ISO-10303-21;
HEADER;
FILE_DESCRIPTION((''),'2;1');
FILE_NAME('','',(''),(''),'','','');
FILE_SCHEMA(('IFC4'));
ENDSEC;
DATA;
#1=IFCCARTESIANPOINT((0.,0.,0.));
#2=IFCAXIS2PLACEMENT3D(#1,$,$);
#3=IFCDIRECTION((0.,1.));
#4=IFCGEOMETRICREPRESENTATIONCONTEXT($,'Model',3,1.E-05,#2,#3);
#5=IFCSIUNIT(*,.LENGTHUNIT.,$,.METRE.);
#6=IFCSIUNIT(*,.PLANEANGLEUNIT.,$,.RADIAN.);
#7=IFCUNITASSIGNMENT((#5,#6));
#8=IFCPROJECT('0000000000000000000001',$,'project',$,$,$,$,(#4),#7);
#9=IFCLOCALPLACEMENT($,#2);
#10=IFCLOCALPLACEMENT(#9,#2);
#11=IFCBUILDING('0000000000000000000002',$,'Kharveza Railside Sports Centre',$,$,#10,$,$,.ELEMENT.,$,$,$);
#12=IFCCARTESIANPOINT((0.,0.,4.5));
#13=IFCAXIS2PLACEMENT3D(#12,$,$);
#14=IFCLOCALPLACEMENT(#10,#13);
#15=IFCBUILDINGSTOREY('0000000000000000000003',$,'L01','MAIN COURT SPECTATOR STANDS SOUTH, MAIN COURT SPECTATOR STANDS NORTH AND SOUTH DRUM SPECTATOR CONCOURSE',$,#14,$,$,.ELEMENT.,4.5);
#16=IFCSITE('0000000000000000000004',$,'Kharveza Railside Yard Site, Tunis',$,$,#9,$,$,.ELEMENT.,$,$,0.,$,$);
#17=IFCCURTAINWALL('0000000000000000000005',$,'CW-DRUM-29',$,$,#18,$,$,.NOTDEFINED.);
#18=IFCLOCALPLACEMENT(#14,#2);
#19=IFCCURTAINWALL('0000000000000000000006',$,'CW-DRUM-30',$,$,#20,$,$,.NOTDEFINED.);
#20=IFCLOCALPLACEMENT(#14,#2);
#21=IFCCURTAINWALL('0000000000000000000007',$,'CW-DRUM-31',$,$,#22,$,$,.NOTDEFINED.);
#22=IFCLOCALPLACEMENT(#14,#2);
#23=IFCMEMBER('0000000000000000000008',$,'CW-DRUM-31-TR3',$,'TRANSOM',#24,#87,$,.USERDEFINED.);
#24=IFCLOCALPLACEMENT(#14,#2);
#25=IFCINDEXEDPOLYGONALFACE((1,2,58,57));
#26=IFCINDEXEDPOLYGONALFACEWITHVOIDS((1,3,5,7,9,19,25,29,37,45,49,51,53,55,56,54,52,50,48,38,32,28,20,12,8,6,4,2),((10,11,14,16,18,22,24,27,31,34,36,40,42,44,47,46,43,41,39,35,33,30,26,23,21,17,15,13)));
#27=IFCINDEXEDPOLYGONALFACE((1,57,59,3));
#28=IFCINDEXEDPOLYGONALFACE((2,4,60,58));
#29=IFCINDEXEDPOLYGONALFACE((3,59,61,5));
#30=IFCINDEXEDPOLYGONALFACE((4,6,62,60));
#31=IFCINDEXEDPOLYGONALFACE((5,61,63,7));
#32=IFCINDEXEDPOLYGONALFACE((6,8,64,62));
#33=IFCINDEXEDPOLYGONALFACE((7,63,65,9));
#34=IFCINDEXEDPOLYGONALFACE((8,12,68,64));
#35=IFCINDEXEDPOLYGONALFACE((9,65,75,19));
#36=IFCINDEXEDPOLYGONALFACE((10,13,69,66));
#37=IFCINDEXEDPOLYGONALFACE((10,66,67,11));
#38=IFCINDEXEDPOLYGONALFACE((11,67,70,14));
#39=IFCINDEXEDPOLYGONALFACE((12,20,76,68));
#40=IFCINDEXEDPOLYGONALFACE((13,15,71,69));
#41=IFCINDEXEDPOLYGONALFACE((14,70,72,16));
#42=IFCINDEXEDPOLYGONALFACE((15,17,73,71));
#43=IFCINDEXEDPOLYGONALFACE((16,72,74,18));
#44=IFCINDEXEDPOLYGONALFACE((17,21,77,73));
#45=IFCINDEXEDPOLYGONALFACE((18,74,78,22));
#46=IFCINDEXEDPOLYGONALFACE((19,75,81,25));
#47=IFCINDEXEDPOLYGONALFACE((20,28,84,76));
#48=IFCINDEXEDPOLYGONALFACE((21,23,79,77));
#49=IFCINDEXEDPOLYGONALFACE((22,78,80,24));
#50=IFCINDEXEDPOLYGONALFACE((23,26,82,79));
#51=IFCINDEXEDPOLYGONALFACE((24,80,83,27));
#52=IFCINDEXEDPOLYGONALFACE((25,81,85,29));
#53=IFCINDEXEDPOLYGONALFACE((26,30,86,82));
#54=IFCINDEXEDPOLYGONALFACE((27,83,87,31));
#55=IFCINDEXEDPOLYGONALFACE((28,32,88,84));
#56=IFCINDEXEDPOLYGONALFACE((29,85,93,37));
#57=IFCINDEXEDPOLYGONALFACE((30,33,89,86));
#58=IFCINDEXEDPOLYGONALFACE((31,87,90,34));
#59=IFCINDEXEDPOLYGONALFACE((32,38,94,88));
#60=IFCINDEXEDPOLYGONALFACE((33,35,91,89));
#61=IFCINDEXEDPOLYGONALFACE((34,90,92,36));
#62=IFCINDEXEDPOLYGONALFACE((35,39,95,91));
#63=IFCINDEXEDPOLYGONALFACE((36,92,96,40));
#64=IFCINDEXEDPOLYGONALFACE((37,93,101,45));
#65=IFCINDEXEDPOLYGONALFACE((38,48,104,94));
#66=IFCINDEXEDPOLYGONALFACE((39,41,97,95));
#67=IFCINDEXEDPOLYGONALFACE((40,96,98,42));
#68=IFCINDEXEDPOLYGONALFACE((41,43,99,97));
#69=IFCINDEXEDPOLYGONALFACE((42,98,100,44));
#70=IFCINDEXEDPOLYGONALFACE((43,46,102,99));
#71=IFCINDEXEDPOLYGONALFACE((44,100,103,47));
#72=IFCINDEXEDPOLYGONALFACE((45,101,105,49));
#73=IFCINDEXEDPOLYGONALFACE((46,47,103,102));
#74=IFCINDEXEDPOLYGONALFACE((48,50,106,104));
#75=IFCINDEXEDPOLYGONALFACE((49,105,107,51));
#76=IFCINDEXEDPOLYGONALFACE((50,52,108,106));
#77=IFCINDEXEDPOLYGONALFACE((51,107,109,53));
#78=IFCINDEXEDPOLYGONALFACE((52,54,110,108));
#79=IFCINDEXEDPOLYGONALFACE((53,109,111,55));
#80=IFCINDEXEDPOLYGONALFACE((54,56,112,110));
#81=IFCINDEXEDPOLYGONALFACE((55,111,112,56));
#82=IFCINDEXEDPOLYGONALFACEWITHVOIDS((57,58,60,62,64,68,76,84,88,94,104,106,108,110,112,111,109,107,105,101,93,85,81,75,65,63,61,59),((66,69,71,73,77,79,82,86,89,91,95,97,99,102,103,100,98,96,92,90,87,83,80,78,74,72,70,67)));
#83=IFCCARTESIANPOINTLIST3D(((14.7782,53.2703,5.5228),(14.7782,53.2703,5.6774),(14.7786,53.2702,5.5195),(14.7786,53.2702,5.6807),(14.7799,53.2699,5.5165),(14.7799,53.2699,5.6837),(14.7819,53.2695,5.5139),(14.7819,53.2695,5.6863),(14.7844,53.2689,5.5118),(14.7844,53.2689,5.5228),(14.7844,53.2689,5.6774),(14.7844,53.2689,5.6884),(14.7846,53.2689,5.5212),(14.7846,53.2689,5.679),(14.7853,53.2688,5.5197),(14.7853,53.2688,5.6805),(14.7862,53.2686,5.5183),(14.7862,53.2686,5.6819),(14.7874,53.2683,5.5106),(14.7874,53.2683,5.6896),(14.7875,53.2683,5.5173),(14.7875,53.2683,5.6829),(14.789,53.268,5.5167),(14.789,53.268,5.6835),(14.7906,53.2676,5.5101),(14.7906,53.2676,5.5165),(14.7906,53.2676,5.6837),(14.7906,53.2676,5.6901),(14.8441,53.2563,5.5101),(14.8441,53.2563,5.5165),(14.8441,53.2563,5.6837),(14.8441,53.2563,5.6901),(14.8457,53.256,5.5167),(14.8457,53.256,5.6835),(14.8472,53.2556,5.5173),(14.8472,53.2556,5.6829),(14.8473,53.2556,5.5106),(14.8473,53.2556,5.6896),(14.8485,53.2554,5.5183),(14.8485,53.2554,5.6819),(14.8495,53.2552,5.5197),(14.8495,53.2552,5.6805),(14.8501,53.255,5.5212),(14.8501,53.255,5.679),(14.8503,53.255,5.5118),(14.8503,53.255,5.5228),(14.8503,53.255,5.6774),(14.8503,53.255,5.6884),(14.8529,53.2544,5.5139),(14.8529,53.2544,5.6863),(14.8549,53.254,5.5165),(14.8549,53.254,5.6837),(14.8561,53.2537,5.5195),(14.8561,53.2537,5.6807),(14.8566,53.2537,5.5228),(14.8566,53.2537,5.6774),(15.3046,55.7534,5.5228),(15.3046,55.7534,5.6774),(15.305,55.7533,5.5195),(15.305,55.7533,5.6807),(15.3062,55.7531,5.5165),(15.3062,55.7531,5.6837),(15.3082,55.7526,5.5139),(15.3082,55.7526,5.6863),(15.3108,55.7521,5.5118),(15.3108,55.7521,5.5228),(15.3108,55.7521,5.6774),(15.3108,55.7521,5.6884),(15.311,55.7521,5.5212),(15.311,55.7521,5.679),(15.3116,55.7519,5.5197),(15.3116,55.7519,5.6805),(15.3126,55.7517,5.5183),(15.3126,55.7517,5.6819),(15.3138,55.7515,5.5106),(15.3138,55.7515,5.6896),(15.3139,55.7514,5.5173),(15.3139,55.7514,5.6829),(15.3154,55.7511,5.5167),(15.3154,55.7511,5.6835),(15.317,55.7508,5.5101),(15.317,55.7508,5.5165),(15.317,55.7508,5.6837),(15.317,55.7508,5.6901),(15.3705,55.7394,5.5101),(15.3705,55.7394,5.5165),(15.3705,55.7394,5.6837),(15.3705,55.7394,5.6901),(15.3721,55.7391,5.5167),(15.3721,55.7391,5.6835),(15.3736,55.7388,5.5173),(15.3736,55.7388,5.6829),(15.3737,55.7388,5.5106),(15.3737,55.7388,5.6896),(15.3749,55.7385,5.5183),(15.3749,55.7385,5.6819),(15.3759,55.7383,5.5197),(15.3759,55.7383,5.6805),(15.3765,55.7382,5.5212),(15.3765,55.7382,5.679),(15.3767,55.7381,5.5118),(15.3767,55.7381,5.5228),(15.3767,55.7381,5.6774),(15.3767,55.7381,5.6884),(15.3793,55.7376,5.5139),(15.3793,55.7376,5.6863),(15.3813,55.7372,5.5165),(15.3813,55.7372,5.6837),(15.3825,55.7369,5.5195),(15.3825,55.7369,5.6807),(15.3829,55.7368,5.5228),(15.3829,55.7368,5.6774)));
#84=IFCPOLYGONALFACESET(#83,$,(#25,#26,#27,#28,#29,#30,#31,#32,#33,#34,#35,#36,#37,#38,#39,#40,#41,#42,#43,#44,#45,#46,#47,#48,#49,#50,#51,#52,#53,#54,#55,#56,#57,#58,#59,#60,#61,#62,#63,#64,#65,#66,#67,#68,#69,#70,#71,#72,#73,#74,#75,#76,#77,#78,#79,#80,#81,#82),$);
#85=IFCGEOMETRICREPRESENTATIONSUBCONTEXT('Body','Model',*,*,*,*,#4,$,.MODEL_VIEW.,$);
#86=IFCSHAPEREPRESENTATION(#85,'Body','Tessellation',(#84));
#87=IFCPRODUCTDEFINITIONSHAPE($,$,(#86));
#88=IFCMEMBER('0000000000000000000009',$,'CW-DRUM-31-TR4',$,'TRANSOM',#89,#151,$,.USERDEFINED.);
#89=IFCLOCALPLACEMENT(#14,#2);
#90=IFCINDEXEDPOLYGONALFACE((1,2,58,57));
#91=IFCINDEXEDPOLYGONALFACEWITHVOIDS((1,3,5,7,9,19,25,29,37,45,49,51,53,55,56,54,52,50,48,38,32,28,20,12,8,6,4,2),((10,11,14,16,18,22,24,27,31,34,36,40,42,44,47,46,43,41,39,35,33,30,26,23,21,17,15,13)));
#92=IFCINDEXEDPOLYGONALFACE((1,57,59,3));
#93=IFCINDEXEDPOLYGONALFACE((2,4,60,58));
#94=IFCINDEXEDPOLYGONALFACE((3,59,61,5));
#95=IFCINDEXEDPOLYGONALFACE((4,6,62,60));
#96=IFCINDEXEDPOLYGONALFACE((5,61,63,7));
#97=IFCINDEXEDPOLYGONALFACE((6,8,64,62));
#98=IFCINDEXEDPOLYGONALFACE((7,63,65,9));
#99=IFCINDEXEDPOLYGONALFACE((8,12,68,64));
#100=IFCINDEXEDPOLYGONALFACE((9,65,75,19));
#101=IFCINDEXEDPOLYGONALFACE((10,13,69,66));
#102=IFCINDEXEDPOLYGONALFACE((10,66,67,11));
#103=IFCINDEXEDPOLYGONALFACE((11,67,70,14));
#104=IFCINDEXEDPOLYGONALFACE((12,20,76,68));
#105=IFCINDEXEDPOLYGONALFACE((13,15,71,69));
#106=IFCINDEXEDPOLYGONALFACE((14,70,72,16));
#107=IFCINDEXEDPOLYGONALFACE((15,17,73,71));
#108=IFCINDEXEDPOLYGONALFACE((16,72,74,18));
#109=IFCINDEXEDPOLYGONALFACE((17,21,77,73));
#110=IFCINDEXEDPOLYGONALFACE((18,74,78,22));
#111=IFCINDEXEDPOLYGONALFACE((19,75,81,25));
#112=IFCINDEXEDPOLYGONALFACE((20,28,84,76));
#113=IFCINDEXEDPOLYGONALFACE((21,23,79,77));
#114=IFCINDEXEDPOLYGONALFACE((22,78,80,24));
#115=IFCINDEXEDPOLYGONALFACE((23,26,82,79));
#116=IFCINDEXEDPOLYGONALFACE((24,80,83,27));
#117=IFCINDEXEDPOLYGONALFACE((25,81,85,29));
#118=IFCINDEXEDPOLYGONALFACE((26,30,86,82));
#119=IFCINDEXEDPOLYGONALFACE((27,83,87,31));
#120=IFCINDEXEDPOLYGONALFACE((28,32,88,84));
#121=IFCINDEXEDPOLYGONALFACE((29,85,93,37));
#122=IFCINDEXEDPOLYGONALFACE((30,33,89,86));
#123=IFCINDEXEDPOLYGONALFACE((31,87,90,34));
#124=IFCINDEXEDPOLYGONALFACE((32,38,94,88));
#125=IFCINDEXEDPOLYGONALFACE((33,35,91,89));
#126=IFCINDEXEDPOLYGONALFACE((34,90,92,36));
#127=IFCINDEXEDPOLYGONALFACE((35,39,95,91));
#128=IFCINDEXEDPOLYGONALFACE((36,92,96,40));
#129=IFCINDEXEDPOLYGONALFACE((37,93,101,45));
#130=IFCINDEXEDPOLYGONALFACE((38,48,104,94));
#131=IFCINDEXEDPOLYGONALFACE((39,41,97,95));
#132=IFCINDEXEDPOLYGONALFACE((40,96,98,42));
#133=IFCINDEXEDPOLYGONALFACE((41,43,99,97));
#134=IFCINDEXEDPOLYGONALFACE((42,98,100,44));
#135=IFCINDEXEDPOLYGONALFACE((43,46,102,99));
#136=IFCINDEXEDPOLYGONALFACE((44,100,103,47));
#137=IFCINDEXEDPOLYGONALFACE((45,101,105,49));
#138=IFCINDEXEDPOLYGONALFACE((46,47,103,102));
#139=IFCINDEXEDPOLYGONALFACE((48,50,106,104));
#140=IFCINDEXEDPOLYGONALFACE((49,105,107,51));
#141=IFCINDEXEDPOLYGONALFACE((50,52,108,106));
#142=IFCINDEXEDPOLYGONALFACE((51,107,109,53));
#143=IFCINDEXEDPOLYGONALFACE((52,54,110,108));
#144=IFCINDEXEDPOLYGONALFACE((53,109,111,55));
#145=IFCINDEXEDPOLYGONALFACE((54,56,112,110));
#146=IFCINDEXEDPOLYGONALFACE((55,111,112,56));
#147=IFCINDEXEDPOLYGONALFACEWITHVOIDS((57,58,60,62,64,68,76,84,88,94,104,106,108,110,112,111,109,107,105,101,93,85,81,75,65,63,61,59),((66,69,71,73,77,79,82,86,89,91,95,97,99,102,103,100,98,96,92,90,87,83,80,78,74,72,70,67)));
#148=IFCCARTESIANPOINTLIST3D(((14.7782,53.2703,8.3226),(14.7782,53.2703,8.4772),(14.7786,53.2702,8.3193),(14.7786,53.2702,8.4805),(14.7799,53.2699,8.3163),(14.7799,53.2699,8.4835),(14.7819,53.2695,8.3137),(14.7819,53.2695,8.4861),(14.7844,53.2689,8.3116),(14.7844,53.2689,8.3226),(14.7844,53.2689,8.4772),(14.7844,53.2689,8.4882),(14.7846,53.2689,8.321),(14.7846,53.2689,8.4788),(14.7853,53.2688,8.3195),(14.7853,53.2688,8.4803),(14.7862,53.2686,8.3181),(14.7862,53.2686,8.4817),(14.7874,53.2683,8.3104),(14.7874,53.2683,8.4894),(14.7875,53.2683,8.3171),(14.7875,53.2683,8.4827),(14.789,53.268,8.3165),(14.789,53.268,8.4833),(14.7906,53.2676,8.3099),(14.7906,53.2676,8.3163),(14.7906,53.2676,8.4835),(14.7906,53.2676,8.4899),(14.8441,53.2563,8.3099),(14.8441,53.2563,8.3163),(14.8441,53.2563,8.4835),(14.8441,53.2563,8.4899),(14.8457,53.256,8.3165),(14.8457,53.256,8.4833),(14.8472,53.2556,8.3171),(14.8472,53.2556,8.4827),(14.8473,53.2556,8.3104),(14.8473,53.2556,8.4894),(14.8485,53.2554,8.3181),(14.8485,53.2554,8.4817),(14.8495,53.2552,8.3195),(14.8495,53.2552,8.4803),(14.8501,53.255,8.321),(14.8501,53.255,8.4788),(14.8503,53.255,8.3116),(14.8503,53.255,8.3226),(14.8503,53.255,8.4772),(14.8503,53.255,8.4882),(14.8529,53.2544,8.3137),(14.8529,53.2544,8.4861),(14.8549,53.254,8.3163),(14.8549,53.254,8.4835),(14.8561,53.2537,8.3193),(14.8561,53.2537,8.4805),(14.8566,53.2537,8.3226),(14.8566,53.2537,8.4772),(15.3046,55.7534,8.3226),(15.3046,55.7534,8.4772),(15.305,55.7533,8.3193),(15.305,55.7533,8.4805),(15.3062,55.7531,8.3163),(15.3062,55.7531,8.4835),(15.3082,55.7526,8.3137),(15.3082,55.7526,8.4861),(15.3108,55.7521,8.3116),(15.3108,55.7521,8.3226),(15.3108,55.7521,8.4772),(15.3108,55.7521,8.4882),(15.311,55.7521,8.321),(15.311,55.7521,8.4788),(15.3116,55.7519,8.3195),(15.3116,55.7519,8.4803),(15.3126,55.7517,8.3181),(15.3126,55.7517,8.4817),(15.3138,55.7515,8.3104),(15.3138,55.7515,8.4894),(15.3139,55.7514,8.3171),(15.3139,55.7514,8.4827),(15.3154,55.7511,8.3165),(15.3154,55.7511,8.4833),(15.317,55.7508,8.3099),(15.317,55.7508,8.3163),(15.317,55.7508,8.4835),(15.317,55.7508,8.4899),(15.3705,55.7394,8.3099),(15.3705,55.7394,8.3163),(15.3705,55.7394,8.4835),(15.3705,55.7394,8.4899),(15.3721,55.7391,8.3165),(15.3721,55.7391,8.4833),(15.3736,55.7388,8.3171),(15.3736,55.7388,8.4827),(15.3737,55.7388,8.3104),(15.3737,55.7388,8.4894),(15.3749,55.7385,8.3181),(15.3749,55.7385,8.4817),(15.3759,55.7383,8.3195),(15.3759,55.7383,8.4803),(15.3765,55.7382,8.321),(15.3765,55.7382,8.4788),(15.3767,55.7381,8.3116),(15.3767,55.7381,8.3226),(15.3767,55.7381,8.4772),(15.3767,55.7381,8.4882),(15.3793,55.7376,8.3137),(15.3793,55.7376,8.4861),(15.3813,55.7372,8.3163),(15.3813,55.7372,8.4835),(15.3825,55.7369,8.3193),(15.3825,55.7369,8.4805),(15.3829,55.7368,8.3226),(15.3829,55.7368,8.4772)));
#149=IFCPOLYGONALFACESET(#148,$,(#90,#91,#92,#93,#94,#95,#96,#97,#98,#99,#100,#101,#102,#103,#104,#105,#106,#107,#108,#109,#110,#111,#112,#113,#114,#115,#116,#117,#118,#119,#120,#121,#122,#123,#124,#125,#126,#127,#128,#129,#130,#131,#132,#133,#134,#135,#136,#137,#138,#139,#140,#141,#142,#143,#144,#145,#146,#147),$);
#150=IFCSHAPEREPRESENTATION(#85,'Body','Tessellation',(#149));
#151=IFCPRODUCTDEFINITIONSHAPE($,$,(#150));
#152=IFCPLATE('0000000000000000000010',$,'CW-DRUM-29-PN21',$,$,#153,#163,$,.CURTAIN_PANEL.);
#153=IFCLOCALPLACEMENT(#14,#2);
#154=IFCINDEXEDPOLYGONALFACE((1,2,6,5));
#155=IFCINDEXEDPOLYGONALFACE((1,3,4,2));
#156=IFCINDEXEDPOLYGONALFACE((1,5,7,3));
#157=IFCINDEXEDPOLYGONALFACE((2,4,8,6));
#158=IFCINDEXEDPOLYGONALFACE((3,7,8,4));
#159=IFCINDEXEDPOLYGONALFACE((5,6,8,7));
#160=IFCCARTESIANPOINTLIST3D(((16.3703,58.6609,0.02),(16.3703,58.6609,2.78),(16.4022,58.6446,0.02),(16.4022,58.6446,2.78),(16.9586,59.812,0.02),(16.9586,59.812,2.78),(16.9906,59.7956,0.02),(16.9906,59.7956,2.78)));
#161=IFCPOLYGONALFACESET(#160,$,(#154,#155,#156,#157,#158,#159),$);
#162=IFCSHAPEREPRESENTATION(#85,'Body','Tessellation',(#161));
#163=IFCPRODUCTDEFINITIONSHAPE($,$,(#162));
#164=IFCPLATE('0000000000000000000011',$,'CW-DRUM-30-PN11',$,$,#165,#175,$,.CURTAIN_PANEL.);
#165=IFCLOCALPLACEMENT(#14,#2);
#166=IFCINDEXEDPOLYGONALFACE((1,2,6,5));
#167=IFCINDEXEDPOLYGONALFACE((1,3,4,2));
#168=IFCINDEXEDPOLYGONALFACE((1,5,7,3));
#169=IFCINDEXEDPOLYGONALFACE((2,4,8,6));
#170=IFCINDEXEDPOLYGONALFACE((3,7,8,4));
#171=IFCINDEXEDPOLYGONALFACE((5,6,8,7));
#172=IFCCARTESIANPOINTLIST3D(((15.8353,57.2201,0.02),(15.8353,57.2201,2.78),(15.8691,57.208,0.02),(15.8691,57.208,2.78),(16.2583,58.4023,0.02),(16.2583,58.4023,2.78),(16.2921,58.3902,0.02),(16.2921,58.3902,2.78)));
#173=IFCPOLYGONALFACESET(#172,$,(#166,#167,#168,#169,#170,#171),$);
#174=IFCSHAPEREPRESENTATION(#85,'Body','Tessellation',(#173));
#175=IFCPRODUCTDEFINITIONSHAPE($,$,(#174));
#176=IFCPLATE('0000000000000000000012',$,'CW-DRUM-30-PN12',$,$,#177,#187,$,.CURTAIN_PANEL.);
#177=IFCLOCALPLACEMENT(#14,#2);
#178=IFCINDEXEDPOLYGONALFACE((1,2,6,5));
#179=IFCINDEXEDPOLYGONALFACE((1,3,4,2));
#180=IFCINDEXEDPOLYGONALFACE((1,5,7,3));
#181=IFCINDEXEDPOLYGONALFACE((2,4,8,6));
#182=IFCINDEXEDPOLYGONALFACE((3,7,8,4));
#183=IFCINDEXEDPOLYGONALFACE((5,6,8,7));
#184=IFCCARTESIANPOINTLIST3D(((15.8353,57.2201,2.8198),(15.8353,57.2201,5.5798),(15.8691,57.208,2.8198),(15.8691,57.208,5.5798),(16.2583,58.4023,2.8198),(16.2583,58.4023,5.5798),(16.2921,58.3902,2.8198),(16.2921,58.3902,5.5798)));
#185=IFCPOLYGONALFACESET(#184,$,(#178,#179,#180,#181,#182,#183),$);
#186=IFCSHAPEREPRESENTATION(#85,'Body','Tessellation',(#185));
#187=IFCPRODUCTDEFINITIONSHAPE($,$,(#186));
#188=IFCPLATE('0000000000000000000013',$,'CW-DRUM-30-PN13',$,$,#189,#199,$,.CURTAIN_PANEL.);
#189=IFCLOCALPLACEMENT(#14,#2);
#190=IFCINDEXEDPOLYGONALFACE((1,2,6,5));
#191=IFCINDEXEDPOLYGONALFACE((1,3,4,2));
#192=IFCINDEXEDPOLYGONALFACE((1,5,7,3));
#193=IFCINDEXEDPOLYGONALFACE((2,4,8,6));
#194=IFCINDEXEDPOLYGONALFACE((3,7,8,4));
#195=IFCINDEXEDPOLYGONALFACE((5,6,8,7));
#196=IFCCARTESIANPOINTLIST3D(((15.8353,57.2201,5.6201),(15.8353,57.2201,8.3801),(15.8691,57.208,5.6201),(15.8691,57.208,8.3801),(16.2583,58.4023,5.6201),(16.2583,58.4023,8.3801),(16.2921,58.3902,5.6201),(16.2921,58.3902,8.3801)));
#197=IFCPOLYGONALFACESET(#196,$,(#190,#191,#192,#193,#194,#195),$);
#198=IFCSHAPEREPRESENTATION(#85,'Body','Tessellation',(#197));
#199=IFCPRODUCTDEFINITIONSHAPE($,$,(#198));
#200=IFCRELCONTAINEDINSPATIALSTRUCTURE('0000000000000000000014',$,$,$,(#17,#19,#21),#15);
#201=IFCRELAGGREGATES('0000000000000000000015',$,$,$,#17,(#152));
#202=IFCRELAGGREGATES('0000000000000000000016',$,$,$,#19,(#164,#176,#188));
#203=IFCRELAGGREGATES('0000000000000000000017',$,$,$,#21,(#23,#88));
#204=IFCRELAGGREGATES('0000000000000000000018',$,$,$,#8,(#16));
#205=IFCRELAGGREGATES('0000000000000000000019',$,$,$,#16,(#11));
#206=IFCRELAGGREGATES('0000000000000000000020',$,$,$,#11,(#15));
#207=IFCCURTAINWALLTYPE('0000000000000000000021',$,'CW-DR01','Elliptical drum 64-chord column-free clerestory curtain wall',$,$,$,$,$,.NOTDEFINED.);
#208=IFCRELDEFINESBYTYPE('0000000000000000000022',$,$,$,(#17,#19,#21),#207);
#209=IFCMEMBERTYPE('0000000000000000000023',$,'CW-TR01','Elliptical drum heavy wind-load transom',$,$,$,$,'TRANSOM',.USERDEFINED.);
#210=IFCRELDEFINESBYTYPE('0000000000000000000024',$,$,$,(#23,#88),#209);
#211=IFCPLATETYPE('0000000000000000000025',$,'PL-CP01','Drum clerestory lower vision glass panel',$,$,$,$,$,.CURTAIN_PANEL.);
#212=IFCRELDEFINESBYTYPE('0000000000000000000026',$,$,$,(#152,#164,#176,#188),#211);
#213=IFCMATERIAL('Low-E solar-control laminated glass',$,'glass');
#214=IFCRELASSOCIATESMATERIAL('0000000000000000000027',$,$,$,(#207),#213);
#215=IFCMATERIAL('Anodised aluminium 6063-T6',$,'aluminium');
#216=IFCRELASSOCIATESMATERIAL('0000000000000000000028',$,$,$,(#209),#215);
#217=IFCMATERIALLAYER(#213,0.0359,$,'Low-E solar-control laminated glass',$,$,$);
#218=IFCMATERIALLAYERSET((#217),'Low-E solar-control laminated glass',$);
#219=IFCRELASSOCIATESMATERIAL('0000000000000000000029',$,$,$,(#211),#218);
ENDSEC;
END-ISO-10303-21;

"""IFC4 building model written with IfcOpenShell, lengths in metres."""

from ifc_helpers import new_model, si_unit, direction, frame, origin, origin_2d, place, context, subcontext, project, spatial, rectangle, hollow_rectangle, extrude, material, layer, layer_set, material_profile, profile_set, type_object, element, aggregate, save


model = new_model("IFC4")

# Units and contexts
model_context = context("Model", 3, precision=1e-05, world=origin(), true_north=direction((0.0, 1.0)))
body_context = subcontext(model_context, "Body", "Model", "MODEL_VIEW")
ifc_project = project(units=[si_unit("LENGTHUNIT", "METRE"), si_unit("PLANEANGLEUNIT", "RADIAN")], contexts=[model_context])

# Site, building, storey
site_placement = place(None, origin())
site = spatial("IfcSite", under=ifc_project, at=site_placement, Name="Kharveza Railside Yard Site, Tunis", CompositionType="ELEMENT", RefElevation=0.0)
building_placement = place(site_placement, origin())
building = spatial("IfcBuilding", under=site, at=building_placement, Name="Kharveza Railside Sports Centre", CompositionType="ELEMENT")
storey_placement = place(building_placement, frame((0.0, 0.0, 4.5)))
storey = spatial("IfcBuildingStorey", under=building, at=storey_placement, Name="L01", Description="MAIN COURT SPECTATOR STANDS SOUTH, MAIN COURT SPECTATOR STANDS NORTH AND SOUTH DRUM SPECTATOR CONCOURSE", CompositionType="ELEMENT", Elevation=4.5)

# Curtain wall
ifc_material_1 = material(Name="Low-E solar-control laminated glass", Category="glass")
curtain_wall_type = type_object("IfcCurtainWallType", Name="CW-DR01", Description="Elliptical drum 64-chord column-free clerestory curtain wall", PredefinedType="NOTDEFINED", material=ifc_material_1)
curtain_wall_1_placement = place(storey_placement, origin())
curtain_wall_1 = element("IfcCurtainWall", 1, at=curtain_wall_1_placement, inside=storey, type_object=curtain_wall_type, Name="CW-DRUM-29", PredefinedType="NOTDEFINED")
ifc_material_2 = material(Name="Anodised aluminium 6063-T6", Category="aluminium")

# Curtain walls
curtain_wall_2_placement = place(storey_placement, origin())
curtain_wall_2 = element("IfcCurtainWall", 2, at=curtain_wall_2_placement, inside=storey, type_object=curtain_wall_type, Name="CW-DRUM-30", PredefinedType="NOTDEFINED")
curtain_wall_3_placement = place(storey_placement, origin())
curtain_wall_3 = element("IfcCurtainWall", 3, at=curtain_wall_3_placement, inside=storey, type_object=curtain_wall_type, Name="CW-DRUM-31", PredefinedType="NOTDEFINED")

# Members
ifc_material_profile_1 = material_profile(ifc_material_2, hollow_rectangle(XDim=0.0801, YDim=0.1799, WallThickness=0.0063, InnerFilletRadius=0.0063, OuterFilletRadius=0.0127, at=origin_2d()), Name="RHS 80x180x6.3")
ifc_profile_set_1 = profile_set([ifc_material_profile_1], Name="Anodised aluminium 6063-T6")
member_type_1 = type_object("IfcMemberType", Name="CW-TR01", Description="Elliptical drum heavy wind-load transom", ElementType="TRANSOM", PredefinedType="USERDEFINED", material=ifc_profile_set_1)
member_1_placement = place(storey_placement, frame((15.3438, 55.7451, 5.6001), z_axis=(-0.207368, -0.978263, 0.0), x_axis=(0.978263, -0.207368, 0.0)))
member_1 = element("IfcMember", 4, at=member_1_placement, type_object=member_type_1, Name="CW-DRUM-31-TR3", ObjectType="TRANSOM", PredefinedType="USERDEFINED", context=body_context, shape_type="SweptSolid", body=[
    extrude(hollow_rectangle(XDim=0.0801, YDim=0.1799, WallThickness=0.0063, InnerFilletRadius=0.0063, OuterFilletRadius=0.0127, at=origin_2d()), origin(), (0.0, 0.0, 1.0), 2.5383),
])
member_2_placement = place(storey_placement, frame((15.3438, 55.7451, 8.3999), z_axis=(-0.207368, -0.978263, 0.0), x_axis=(0.978263, -0.207368, 0.0)))
member_2 = element("IfcMember", 5, at=member_2_placement, type_object=member_type_1, Name="CW-DRUM-31-TR4", ObjectType="TRANSOM", PredefinedType="USERDEFINED", context=body_context, shape_type="SweptSolid", body=[
    extrude(hollow_rectangle(XDim=0.0801, YDim=0.1799, WallThickness=0.0063, InnerFilletRadius=0.0063, OuterFilletRadius=0.0127, at=origin_2d()), origin(), (0.0, 0.0, 1.0), 2.5383),
])

# Plates
ifc_layer_1 = layer(ifc_material_1, 0.0359, Name="Low-E solar-control laminated glass")
ifc_layer_set_1 = layer_set([ifc_layer_1], Name="Low-E solar-control laminated glass")
plate_type = type_object("IfcPlateType", Name="PL-CP01", Description="Drum clerestory lower vision glass panel", PredefinedType="CURTAIN_PANEL", material=ifc_layer_set_1)
plate_1_placement = place(storey_placement, frame((16.6804, 59.2283, 0.02), z_axis=(0.0, 0.0, 1.0), x_axis=(-0.455141, -0.890419, 0.0)))
plate_1 = element("IfcPlate", 6, at=plate_1_placement, type_object=plate_type, Name="CW-DRUM-29-PN21", PredefinedType="CURTAIN_PANEL", context=body_context, shape_type="SweptSolid", body=[
    extrude(rectangle(XDim=1.2927, YDim=0.0359, at=origin_2d()), origin(), (0.0, 0.0, 1.0), 2.76),
])
aggregate(curtain_wall_1, [plate_1])
plate_2_placement = place(storey_placement, frame((16.0637, 57.8052, 0.02), z_axis=(0.0, 0.0, 1.0), x_axis=(-0.336915, -0.941535, 0.0)))
plate_2 = element("IfcPlate", 7, at=plate_2_placement, type_object=plate_type, Name="CW-DRUM-30-PN11", PredefinedType="CURTAIN_PANEL", context=body_context, shape_type="SweptSolid", body=[
    extrude(rectangle(XDim=1.2556, YDim=0.0359, at=origin_2d()), origin(), (0.0, 0.0, 1.0), 2.76),
])
plate_3_placement = place(storey_placement, frame((16.0637, 57.8052, 2.8198), z_axis=(0.0, 0.0, 1.0), x_axis=(-0.336915, -0.941535, 0.0)))
plate_3 = element("IfcPlate", 8, at=plate_3_placement, type_object=plate_type, Name="CW-DRUM-30-PN12", PredefinedType="CURTAIN_PANEL", context=body_context, shape_type="SweptSolid", body=[
    extrude(rectangle(XDim=1.2556, YDim=0.0359, at=origin_2d()), origin(), (0.0, 0.0, 1.0), 2.76),
])
plate_4_placement = place(storey_placement, frame((16.0637, 57.8052, 5.6201), z_axis=(0.0, 0.0, 1.0), x_axis=(-0.336915, -0.941535, 0.0)))
plate_4 = element("IfcPlate", 9, at=plate_4_placement, type_object=plate_type, Name="CW-DRUM-30-PN13", PredefinedType="CURTAIN_PANEL", context=body_context, shape_type="SweptSolid", body=[
    extrude(rectangle(XDim=1.2556, YDim=0.0359, at=origin_2d()), origin(), (0.0, 0.0, 1.0), 2.76),
])
aggregate(curtain_wall_2, [plate_2, plate_3, plate_4])
aggregate(curtain_wall_3, [member_1, member_2])

save(model, "model.ifc")
